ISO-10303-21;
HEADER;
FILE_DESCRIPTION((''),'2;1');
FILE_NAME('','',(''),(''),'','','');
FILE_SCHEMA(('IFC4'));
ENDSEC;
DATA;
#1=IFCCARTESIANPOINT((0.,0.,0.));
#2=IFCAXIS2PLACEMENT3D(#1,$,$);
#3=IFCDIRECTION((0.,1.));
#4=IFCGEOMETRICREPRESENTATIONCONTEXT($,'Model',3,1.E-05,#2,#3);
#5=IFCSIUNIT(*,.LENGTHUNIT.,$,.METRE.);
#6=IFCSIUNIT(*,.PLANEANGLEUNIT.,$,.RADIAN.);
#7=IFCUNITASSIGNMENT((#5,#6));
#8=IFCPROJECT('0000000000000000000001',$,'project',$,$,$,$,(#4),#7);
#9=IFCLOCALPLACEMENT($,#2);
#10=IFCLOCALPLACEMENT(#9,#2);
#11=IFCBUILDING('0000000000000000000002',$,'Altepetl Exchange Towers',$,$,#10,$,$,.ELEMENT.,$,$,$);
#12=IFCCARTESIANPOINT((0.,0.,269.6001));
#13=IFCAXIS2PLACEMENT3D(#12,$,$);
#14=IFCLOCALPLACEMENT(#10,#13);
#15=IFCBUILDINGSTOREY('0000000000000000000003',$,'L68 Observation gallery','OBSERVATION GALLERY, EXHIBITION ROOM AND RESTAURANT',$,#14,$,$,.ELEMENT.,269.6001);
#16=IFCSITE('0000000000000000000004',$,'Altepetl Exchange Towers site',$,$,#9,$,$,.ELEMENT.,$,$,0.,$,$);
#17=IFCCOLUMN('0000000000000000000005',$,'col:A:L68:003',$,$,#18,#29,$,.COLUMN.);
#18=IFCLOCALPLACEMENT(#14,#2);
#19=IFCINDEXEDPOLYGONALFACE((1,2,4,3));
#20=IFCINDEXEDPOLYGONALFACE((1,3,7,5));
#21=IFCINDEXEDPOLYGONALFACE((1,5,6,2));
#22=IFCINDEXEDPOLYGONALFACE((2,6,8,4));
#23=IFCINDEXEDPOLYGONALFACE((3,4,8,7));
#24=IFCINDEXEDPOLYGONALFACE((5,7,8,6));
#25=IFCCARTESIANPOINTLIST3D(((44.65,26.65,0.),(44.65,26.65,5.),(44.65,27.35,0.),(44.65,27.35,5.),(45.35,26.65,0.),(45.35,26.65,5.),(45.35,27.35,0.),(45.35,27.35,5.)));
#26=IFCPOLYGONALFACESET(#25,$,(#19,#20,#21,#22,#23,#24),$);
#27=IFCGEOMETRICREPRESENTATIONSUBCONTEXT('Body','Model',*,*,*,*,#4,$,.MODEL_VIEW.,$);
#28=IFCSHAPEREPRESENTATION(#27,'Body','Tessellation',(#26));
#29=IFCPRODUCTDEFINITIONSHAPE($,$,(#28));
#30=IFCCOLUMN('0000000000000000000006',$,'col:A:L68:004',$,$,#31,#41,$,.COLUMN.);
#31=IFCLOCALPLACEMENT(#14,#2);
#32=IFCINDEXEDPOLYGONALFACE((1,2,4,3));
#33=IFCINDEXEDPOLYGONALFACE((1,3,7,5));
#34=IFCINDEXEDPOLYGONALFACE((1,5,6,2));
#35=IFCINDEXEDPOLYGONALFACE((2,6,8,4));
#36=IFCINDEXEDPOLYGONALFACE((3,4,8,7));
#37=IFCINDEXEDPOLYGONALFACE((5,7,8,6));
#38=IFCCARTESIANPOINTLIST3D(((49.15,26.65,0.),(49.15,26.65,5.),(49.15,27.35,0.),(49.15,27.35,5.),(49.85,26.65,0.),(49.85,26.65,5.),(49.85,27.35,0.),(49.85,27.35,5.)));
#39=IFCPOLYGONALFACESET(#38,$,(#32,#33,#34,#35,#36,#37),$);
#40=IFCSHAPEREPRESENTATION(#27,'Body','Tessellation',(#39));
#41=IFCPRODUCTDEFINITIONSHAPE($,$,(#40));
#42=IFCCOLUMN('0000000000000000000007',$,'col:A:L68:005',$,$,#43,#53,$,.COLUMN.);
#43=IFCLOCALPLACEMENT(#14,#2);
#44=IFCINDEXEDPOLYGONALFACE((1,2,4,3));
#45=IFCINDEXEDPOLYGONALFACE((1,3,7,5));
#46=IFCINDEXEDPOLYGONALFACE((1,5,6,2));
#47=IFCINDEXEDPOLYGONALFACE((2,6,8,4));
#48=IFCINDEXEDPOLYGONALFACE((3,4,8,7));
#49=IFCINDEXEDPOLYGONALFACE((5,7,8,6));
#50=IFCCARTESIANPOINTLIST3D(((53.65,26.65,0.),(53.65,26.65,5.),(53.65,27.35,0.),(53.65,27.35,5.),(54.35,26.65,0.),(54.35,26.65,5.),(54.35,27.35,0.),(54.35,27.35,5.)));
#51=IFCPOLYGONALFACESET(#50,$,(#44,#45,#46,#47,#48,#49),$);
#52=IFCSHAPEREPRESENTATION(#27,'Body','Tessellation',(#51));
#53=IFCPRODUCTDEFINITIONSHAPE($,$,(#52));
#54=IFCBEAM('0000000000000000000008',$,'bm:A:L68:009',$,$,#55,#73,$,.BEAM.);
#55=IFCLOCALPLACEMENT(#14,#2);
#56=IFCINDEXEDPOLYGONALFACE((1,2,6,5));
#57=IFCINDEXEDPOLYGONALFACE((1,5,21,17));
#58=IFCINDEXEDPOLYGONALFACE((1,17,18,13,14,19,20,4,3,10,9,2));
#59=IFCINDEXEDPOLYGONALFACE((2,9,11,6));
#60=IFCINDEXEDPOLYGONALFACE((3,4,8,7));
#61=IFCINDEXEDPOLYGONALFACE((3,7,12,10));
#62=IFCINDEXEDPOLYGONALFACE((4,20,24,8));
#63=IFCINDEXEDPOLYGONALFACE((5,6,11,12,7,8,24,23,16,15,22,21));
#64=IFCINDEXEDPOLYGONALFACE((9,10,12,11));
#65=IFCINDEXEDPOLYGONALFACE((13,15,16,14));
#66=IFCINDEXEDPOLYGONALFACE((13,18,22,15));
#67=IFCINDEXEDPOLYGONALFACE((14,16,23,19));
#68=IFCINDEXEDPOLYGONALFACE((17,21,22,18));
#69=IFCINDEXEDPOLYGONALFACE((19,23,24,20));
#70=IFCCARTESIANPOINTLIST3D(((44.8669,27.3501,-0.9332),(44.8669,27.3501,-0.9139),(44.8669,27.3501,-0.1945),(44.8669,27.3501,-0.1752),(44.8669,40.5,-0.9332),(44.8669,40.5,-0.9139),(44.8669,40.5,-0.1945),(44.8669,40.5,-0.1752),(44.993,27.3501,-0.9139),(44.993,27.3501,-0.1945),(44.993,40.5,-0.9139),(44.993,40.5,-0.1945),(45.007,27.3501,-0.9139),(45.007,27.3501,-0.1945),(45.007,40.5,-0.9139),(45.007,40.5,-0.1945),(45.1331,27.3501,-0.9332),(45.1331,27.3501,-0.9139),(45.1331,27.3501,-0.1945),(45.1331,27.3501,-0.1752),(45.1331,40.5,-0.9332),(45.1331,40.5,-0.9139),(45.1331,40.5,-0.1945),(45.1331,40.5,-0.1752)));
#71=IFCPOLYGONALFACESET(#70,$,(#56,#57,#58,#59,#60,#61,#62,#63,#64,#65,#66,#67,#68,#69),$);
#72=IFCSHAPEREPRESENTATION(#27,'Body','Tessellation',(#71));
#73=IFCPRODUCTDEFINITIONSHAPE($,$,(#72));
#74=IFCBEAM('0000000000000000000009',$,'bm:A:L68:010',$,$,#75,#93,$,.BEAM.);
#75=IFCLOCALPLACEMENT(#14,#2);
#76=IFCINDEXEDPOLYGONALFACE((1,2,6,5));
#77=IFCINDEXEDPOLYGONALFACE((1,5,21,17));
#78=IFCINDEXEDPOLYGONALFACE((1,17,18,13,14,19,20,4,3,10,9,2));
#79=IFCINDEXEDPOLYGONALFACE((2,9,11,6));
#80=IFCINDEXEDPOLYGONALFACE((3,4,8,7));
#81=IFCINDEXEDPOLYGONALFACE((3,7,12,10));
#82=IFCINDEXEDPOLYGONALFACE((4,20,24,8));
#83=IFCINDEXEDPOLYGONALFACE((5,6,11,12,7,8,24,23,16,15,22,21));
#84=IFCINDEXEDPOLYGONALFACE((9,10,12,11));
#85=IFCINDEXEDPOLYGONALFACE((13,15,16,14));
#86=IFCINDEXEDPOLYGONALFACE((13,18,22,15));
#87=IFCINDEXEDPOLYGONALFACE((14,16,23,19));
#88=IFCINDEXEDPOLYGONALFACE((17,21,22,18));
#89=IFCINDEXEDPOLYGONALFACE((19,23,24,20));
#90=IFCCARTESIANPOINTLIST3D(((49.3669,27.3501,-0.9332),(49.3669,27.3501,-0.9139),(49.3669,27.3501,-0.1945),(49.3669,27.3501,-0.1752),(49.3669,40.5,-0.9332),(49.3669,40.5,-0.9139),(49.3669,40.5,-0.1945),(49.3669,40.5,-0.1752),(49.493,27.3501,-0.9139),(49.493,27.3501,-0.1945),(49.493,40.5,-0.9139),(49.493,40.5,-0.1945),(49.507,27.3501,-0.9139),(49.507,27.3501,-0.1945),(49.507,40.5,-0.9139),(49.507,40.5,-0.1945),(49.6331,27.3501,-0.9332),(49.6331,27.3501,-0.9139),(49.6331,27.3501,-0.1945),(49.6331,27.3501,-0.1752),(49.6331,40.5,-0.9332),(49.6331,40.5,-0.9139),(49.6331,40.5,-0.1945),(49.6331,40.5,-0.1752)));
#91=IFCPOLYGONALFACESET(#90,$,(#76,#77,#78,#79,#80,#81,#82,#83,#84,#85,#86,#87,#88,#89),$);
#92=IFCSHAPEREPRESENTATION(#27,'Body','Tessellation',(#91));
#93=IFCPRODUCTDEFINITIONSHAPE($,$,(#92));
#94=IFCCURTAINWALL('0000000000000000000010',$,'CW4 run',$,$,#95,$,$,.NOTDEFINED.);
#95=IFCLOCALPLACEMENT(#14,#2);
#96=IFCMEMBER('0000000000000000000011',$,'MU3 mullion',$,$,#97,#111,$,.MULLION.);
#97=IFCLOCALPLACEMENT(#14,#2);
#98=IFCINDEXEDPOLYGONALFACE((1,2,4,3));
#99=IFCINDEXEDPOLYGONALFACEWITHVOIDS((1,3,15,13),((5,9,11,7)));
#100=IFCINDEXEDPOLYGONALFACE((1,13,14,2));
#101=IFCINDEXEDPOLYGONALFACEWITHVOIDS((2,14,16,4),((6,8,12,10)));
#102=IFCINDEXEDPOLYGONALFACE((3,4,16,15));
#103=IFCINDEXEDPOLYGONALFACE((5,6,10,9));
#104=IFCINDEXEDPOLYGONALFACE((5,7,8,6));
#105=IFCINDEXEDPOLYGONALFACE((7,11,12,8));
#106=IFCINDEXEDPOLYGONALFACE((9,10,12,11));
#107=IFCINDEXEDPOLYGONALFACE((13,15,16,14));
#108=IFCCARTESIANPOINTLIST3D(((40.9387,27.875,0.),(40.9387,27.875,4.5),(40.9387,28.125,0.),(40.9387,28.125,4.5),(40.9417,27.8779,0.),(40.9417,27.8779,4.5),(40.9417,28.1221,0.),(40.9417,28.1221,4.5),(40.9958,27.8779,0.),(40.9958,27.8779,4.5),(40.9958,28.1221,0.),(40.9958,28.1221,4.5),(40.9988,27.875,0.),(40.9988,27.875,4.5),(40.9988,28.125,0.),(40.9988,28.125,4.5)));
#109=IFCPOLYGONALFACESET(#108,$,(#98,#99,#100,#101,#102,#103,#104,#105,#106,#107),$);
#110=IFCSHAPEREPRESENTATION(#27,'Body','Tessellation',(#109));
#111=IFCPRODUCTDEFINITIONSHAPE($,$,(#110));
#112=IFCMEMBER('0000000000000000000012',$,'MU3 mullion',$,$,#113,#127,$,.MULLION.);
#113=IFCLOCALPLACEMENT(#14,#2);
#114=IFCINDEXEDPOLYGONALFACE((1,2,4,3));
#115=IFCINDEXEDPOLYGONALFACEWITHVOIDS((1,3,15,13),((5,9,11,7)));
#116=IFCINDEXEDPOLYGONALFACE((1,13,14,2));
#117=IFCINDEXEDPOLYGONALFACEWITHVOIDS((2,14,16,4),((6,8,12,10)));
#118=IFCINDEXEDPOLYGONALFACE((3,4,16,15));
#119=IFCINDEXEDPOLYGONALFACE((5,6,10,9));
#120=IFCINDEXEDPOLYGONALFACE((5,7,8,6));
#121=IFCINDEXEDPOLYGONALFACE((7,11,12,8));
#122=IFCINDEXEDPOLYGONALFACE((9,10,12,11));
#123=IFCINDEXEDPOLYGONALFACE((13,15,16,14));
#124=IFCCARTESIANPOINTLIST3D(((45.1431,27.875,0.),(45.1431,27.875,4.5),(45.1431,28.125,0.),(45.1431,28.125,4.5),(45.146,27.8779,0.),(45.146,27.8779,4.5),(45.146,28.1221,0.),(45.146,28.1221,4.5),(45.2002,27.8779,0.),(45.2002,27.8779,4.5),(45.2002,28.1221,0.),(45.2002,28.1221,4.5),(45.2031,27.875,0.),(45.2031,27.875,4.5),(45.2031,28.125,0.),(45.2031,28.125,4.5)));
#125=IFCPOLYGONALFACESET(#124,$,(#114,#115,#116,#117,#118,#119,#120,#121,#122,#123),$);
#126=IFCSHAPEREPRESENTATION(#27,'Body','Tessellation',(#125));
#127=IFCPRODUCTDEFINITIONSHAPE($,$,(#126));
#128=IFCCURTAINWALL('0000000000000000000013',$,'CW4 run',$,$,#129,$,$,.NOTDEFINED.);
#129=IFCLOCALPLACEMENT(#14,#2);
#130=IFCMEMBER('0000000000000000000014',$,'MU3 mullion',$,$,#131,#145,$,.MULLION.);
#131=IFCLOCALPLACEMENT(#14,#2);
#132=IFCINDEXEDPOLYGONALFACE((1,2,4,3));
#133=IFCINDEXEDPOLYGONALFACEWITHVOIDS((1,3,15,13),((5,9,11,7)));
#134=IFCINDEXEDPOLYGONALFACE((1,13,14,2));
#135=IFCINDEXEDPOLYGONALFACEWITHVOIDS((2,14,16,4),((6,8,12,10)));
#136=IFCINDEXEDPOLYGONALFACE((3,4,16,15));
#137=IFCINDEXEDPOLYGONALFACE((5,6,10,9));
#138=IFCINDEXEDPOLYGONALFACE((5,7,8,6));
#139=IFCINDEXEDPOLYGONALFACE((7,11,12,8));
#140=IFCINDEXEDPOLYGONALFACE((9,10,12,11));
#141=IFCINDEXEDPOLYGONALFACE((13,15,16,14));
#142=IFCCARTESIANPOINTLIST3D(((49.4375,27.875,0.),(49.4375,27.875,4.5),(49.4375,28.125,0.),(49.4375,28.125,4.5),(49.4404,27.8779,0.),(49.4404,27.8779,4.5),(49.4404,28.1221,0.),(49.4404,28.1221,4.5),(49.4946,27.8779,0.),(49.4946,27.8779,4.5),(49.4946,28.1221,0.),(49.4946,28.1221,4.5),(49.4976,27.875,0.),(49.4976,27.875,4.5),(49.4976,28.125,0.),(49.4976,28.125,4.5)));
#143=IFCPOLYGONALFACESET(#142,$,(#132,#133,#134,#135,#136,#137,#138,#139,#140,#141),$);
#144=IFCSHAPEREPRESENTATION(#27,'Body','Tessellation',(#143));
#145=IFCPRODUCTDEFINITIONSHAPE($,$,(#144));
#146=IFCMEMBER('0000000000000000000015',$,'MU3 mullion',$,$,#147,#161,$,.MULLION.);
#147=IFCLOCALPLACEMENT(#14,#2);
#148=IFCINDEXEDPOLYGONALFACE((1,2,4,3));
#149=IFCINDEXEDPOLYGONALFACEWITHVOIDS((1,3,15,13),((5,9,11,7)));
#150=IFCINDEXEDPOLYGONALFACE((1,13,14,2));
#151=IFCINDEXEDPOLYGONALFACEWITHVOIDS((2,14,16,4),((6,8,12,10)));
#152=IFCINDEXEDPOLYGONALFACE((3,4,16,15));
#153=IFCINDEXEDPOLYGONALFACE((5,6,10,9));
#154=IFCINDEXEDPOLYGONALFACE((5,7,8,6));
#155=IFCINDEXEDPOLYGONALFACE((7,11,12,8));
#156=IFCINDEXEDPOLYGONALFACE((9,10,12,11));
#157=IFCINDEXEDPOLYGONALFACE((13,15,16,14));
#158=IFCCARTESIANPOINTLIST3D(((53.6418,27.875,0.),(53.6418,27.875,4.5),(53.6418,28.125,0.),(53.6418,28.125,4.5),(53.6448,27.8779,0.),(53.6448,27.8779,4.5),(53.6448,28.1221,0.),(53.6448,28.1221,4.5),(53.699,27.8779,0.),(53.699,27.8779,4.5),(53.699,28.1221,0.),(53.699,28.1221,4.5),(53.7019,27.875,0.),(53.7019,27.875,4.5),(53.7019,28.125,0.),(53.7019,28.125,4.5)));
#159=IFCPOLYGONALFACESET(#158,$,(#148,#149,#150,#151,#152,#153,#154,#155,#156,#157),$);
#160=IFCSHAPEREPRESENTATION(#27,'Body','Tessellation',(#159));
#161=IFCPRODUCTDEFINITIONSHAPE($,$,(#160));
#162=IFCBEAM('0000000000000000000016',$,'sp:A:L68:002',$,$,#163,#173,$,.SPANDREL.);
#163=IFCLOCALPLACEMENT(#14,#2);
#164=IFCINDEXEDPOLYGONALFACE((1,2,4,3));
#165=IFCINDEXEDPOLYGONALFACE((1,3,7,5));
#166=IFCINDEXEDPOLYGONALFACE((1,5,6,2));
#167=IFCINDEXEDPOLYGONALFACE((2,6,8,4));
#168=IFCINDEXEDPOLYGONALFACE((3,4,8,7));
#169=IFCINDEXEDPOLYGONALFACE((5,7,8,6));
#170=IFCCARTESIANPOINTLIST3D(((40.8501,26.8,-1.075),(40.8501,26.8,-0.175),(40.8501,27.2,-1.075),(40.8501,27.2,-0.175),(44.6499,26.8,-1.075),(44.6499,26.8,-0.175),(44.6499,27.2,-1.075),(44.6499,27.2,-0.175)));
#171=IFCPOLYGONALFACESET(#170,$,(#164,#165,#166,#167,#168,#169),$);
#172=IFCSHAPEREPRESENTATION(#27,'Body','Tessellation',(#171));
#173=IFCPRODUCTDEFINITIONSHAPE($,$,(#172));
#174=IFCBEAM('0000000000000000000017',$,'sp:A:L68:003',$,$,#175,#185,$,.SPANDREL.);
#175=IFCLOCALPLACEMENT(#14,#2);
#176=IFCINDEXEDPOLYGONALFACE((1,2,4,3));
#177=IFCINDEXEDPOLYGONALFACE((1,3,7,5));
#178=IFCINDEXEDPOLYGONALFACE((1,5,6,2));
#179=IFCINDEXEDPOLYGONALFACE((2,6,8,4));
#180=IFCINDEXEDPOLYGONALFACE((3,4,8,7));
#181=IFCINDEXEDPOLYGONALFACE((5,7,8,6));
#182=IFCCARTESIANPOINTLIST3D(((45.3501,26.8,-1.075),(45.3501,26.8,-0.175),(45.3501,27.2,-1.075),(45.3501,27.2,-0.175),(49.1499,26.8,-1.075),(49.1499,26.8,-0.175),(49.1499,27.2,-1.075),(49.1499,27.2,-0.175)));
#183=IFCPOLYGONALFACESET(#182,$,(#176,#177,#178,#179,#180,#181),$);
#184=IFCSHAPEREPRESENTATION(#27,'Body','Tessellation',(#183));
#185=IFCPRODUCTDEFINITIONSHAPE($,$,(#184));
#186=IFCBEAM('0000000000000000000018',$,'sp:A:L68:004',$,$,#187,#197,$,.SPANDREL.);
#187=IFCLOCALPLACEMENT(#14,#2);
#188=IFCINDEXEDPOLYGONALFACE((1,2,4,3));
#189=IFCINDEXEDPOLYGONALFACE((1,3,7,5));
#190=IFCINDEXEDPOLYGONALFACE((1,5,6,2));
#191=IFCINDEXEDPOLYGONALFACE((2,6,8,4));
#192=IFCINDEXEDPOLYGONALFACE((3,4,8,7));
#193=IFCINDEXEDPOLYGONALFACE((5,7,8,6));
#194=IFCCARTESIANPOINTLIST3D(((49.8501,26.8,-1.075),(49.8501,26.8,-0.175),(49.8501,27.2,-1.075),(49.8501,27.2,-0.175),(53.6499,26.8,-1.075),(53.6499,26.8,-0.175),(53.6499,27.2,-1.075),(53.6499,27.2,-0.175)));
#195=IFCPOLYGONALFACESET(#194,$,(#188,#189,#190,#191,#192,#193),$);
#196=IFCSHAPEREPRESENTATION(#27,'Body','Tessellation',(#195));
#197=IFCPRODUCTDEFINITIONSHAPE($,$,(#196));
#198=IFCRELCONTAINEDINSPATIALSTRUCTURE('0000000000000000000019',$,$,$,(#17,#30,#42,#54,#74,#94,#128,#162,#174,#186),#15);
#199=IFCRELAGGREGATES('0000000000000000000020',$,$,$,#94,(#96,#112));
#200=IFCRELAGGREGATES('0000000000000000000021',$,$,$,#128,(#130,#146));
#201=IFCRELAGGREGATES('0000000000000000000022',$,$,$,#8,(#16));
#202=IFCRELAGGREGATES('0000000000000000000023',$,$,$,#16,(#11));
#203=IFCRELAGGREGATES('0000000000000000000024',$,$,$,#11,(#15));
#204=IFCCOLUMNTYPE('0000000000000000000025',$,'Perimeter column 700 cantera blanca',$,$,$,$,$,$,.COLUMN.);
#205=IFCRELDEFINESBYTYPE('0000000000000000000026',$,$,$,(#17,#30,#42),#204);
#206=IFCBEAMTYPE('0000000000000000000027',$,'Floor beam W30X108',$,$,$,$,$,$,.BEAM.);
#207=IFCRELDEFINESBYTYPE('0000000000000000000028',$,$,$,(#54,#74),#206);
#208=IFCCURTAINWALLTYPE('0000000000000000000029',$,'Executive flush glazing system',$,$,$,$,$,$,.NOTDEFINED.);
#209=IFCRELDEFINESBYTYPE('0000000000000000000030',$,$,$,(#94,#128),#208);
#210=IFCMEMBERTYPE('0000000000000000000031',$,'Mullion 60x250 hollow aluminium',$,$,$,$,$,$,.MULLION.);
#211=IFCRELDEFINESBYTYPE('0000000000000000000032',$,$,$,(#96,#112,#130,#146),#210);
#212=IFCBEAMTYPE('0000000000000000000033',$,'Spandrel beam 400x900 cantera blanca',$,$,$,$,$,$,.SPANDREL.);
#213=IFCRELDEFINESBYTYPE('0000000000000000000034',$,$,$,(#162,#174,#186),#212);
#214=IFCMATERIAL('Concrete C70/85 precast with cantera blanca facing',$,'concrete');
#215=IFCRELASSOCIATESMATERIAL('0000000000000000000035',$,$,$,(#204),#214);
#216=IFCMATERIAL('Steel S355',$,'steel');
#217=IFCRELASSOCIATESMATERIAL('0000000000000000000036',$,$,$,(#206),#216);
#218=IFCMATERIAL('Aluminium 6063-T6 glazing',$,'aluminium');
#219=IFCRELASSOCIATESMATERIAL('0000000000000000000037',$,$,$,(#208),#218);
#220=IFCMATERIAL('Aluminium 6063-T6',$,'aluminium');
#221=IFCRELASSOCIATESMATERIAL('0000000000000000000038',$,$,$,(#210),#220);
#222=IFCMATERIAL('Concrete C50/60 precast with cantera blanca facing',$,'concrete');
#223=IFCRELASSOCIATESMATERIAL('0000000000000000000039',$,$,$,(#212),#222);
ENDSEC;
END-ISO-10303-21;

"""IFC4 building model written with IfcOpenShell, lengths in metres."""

from ifc_helpers import new_model, si_unit, direction, frame, origin, origin_2d, place, context, subcontext, project, spatial, rectangle, hollow_rectangle, i_section, extrude, material, material_profile, profile_set, type_object, element, aggregate, save


model = new_model("IFC4")

# Units and contexts
model_context = context("Model", 3, precision=1e-05, world=origin(), true_north=direction((0.0, 1.0)))
body_context = subcontext(model_context, "Body", "Model", "MODEL_VIEW")
ifc_project = project(units=[si_unit("LENGTHUNIT", "METRE"), si_unit("PLANEANGLEUNIT", "RADIAN")], contexts=[model_context])

# Site, building, storey
site_placement = place(None, origin())
site = spatial("IfcSite", under=ifc_project, at=site_placement, Name="Altepetl Exchange Towers site", CompositionType="ELEMENT", RefElevation=0.0)
building_placement = place(site_placement, origin())
building = spatial("IfcBuilding", under=site, at=building_placement, Name="Altepetl Exchange Towers", CompositionType="ELEMENT")
storey_placement = place(building_placement, frame((0.0, 0.0, 269.6001)))
storey = spatial("IfcBuildingStorey", under=building, at=storey_placement, Name="L68 Observation gallery", Description="OBSERVATION GALLERY, EXHIBITION ROOM AND RESTAURANT", CompositionType="ELEMENT", Elevation=269.6001)

# Columns
ifc_material_1 = material(Name="Concrete C70/85 precast with cantera blanca facing", Category="concrete")
ifc_material_profile_1 = material_profile(ifc_material_1, rectangle(XDim=0.7, YDim=0.7, at=origin_2d()), Name="700 x 700")
ifc_profile_set_1 = profile_set([ifc_material_profile_1], Name="Concrete C70/85 precast with cantera blanca facing")
column_type = type_object("IfcColumnType", Name="Perimeter column 700 cantera blanca", PredefinedType="COLUMN", material=ifc_profile_set_1)
for number, where, name in (
    (1, (45.0, 27.0, 0.0), "col:A:L68:003"),
    (2, (49.5, 27.0, 0.0), "col:A:L68:004"),
    (3, (54.0, 27.0, 0.0), "col:A:L68:005"),
):
    element("IfcColumn", number, at=place(storey_placement, frame(where)), inside=storey, type_object=column_type, Name=name, PredefinedType="COLUMN", context=body_context, shape_type="SweptSolid", body=[
        extrude(rectangle(XDim=0.7, YDim=0.7, at=origin_2d()), origin(), (0.0, 0.0, 1.0), 5.0),
    ])

# Beams
ifc_material_2 = material(Name="Steel S355", Category="steel")
ifc_material_profile_2 = material_profile(ifc_material_2, i_section(OverallWidth=0.2661, OverallDepth=0.7581, WebThickness=0.0139, FlangeThickness=0.0193, at=origin_2d()), Name="W30X108")
ifc_profile_set_2 = profile_set([ifc_material_profile_2], Name="Steel S355")
beam_type_1 = type_object("IfcBeamType", Name="Floor beam W30X108", PredefinedType="BEAM", material=ifc_profile_set_2)
for number, where, z_axis, x_axis, name in (
    (4, (45.0, 27.3501, -0.5542), (0.0, 1.0, 0.0), (-1.0, 0.0, 0.0), "bm:A:L68:009"),
    (5, (49.5, 27.3501, -0.5542), (0.0, 1.0, 0.0), (-1.0, 0.0, 0.0), "bm:A:L68:010"),
):
    element("IfcBeam", number, at=place(storey_placement, frame(where, z_axis=z_axis, x_axis=x_axis)), inside=storey, type_object=beam_type_1, Name=name, PredefinedType="BEAM", context=body_context, shape_type="SweptSolid", body=[
        extrude(i_section(OverallWidth=0.2661, OverallDepth=0.7581, WebThickness=0.0139, FlangeThickness=0.0193, at=origin_2d()), origin(), (0.0, 0.0, 1.0), 13.1499),
    ])

# Curtain walls, members
ifc_material_3 = material(Name="Aluminium 6063-T6 glazing", Category="aluminium")
curtain_wall_type = type_object("IfcCurtainWallType", Name="Executive flush glazing system", PredefinedType="NOTDEFINED", material=ifc_material_3)
curtain_wall_1_placement = place(storey_placement, origin())
curtain_wall_1 = element("IfcCurtainWall", 6, at=curtain_wall_1_placement, inside=storey, type_object=curtain_wall_type, Name="CW4 run", PredefinedType="NOTDEFINED")
ifc_material_4 = material(Name="Aluminium 6063-T6", Category="aluminium")
ifc_material_profile_3 = material_profile(ifc_material_4, hollow_rectangle(XDim=0.0601, YDim=0.25, WallThickness=0.0029, at=origin_2d()), Name="Mullion 60x250 hollow aluminium")
ifc_profile_set_3 = profile_set([ifc_material_profile_3], Name="Aluminium 6063-T6")
member_type_1 = type_object("IfcMemberType", Name="Mullion 60x250 hollow aluminium", PredefinedType="MULLION", material=ifc_profile_set_3)
member_1_placement = place(storey_placement, frame((40.9688, 28.0, 0.0)))
member_1 = element("IfcMember", 7, at=member_1_placement, type_object=member_type_1, Name="MU3 mullion", PredefinedType="MULLION", context=body_context, shape_type="SweptSolid", body=[
    extrude(hollow_rectangle(XDim=0.0601, YDim=0.25, WallThickness=0.0029, at=origin_2d()), origin(), (0.0, 0.0, 1.0), 4.5),
])
member_2_placement = place(storey_placement, frame((45.1731, 28.0, 0.0)))
member_2 = element("IfcMember", 8, at=member_2_placement, type_object=member_type_1, Name="MU3 mullion", PredefinedType="MULLION", context=body_context, shape_type="SweptSolid", body=[
    extrude(hollow_rectangle(XDim=0.0601, YDim=0.25, WallThickness=0.0029, at=origin_2d()), origin(), (0.0, 0.0, 1.0), 4.5),
])
curtain_wall_2_placement = place(storey_placement, origin())
curtain_wall_2 = element("IfcCurtainWall", 9, at=curtain_wall_2_placement, inside=storey, type_object=curtain_wall_type, Name="CW4 run", PredefinedType="NOTDEFINED")
member_3_placement = place(storey_placement, frame((49.4675, 28.0, 0.0)))
member_3 = element("IfcMember", 10, at=member_3_placement, type_object=member_type_1, Name="MU3 mullion", PredefinedType="MULLION", context=body_context, shape_type="SweptSolid", body=[
    extrude(hollow_rectangle(XDim=0.0601, YDim=0.25, WallThickness=0.0029, at=origin_2d()), origin(), (0.0, 0.0, 1.0), 4.5),
])
member_4_placement = place(storey_placement, frame((53.6719, 28.0, 0.0)))
member_4 = element("IfcMember", 11, at=member_4_placement, type_object=member_type_1, Name="MU3 mullion", PredefinedType="MULLION", context=body_context, shape_type="SweptSolid", body=[
    extrude(hollow_rectangle(XDim=0.0601, YDim=0.25, WallThickness=0.0029, at=origin_2d()), origin(), (0.0, 0.0, 1.0), 4.5),
])

# Beams
ifc_material_5 = material(Name="Concrete C50/60 precast with cantera blanca facing", Category="concrete")
ifc_material_profile_4 = material_profile(ifc_material_5, rectangle(XDim=0.3999, YDim=0.8999, at=origin_2d()), Name="400 x 900")
ifc_profile_set_4 = profile_set([ifc_material_profile_4], Name="Concrete C50/60 precast with cantera blanca facing")
beam_type_2 = type_object("IfcBeamType", Name="Spandrel beam 400x900 cantera blanca", PredefinedType="SPANDREL", material=ifc_profile_set_4)
for number, where, z_axis, x_axis, name in (
    (12, (40.8501, 27.0, -0.625), (1.0, 0.0, 0.0), (0.0, 1.0, 0.0), "sp:A:L68:002"),
    (13, (45.3501, 27.0, -0.625), (1.0, 0.0, 0.0), (0.0, 1.0, 0.0), "sp:A:L68:003"),
    (14, (49.8501, 27.0, -0.625), (1.0, 0.0, 0.0), (0.0, 1.0, 0.0), "sp:A:L68:004"),
):
    element("IfcBeam", number, at=place(storey_placement, frame(where, z_axis=z_axis, x_axis=x_axis)), inside=storey, type_object=beam_type_2, Name=name, PredefinedType="SPANDREL", context=body_context, shape_type="SweptSolid", body=[
        extrude(rectangle(XDim=0.3999, YDim=0.8999, at=origin_2d()), origin(), (0.0, 0.0, 1.0), 3.7998),
    ])

aggregate(curtain_wall_1, [member_1, member_2])
aggregate(curtain_wall_2, [member_3, member_4])

save(model, "model.ifc")
